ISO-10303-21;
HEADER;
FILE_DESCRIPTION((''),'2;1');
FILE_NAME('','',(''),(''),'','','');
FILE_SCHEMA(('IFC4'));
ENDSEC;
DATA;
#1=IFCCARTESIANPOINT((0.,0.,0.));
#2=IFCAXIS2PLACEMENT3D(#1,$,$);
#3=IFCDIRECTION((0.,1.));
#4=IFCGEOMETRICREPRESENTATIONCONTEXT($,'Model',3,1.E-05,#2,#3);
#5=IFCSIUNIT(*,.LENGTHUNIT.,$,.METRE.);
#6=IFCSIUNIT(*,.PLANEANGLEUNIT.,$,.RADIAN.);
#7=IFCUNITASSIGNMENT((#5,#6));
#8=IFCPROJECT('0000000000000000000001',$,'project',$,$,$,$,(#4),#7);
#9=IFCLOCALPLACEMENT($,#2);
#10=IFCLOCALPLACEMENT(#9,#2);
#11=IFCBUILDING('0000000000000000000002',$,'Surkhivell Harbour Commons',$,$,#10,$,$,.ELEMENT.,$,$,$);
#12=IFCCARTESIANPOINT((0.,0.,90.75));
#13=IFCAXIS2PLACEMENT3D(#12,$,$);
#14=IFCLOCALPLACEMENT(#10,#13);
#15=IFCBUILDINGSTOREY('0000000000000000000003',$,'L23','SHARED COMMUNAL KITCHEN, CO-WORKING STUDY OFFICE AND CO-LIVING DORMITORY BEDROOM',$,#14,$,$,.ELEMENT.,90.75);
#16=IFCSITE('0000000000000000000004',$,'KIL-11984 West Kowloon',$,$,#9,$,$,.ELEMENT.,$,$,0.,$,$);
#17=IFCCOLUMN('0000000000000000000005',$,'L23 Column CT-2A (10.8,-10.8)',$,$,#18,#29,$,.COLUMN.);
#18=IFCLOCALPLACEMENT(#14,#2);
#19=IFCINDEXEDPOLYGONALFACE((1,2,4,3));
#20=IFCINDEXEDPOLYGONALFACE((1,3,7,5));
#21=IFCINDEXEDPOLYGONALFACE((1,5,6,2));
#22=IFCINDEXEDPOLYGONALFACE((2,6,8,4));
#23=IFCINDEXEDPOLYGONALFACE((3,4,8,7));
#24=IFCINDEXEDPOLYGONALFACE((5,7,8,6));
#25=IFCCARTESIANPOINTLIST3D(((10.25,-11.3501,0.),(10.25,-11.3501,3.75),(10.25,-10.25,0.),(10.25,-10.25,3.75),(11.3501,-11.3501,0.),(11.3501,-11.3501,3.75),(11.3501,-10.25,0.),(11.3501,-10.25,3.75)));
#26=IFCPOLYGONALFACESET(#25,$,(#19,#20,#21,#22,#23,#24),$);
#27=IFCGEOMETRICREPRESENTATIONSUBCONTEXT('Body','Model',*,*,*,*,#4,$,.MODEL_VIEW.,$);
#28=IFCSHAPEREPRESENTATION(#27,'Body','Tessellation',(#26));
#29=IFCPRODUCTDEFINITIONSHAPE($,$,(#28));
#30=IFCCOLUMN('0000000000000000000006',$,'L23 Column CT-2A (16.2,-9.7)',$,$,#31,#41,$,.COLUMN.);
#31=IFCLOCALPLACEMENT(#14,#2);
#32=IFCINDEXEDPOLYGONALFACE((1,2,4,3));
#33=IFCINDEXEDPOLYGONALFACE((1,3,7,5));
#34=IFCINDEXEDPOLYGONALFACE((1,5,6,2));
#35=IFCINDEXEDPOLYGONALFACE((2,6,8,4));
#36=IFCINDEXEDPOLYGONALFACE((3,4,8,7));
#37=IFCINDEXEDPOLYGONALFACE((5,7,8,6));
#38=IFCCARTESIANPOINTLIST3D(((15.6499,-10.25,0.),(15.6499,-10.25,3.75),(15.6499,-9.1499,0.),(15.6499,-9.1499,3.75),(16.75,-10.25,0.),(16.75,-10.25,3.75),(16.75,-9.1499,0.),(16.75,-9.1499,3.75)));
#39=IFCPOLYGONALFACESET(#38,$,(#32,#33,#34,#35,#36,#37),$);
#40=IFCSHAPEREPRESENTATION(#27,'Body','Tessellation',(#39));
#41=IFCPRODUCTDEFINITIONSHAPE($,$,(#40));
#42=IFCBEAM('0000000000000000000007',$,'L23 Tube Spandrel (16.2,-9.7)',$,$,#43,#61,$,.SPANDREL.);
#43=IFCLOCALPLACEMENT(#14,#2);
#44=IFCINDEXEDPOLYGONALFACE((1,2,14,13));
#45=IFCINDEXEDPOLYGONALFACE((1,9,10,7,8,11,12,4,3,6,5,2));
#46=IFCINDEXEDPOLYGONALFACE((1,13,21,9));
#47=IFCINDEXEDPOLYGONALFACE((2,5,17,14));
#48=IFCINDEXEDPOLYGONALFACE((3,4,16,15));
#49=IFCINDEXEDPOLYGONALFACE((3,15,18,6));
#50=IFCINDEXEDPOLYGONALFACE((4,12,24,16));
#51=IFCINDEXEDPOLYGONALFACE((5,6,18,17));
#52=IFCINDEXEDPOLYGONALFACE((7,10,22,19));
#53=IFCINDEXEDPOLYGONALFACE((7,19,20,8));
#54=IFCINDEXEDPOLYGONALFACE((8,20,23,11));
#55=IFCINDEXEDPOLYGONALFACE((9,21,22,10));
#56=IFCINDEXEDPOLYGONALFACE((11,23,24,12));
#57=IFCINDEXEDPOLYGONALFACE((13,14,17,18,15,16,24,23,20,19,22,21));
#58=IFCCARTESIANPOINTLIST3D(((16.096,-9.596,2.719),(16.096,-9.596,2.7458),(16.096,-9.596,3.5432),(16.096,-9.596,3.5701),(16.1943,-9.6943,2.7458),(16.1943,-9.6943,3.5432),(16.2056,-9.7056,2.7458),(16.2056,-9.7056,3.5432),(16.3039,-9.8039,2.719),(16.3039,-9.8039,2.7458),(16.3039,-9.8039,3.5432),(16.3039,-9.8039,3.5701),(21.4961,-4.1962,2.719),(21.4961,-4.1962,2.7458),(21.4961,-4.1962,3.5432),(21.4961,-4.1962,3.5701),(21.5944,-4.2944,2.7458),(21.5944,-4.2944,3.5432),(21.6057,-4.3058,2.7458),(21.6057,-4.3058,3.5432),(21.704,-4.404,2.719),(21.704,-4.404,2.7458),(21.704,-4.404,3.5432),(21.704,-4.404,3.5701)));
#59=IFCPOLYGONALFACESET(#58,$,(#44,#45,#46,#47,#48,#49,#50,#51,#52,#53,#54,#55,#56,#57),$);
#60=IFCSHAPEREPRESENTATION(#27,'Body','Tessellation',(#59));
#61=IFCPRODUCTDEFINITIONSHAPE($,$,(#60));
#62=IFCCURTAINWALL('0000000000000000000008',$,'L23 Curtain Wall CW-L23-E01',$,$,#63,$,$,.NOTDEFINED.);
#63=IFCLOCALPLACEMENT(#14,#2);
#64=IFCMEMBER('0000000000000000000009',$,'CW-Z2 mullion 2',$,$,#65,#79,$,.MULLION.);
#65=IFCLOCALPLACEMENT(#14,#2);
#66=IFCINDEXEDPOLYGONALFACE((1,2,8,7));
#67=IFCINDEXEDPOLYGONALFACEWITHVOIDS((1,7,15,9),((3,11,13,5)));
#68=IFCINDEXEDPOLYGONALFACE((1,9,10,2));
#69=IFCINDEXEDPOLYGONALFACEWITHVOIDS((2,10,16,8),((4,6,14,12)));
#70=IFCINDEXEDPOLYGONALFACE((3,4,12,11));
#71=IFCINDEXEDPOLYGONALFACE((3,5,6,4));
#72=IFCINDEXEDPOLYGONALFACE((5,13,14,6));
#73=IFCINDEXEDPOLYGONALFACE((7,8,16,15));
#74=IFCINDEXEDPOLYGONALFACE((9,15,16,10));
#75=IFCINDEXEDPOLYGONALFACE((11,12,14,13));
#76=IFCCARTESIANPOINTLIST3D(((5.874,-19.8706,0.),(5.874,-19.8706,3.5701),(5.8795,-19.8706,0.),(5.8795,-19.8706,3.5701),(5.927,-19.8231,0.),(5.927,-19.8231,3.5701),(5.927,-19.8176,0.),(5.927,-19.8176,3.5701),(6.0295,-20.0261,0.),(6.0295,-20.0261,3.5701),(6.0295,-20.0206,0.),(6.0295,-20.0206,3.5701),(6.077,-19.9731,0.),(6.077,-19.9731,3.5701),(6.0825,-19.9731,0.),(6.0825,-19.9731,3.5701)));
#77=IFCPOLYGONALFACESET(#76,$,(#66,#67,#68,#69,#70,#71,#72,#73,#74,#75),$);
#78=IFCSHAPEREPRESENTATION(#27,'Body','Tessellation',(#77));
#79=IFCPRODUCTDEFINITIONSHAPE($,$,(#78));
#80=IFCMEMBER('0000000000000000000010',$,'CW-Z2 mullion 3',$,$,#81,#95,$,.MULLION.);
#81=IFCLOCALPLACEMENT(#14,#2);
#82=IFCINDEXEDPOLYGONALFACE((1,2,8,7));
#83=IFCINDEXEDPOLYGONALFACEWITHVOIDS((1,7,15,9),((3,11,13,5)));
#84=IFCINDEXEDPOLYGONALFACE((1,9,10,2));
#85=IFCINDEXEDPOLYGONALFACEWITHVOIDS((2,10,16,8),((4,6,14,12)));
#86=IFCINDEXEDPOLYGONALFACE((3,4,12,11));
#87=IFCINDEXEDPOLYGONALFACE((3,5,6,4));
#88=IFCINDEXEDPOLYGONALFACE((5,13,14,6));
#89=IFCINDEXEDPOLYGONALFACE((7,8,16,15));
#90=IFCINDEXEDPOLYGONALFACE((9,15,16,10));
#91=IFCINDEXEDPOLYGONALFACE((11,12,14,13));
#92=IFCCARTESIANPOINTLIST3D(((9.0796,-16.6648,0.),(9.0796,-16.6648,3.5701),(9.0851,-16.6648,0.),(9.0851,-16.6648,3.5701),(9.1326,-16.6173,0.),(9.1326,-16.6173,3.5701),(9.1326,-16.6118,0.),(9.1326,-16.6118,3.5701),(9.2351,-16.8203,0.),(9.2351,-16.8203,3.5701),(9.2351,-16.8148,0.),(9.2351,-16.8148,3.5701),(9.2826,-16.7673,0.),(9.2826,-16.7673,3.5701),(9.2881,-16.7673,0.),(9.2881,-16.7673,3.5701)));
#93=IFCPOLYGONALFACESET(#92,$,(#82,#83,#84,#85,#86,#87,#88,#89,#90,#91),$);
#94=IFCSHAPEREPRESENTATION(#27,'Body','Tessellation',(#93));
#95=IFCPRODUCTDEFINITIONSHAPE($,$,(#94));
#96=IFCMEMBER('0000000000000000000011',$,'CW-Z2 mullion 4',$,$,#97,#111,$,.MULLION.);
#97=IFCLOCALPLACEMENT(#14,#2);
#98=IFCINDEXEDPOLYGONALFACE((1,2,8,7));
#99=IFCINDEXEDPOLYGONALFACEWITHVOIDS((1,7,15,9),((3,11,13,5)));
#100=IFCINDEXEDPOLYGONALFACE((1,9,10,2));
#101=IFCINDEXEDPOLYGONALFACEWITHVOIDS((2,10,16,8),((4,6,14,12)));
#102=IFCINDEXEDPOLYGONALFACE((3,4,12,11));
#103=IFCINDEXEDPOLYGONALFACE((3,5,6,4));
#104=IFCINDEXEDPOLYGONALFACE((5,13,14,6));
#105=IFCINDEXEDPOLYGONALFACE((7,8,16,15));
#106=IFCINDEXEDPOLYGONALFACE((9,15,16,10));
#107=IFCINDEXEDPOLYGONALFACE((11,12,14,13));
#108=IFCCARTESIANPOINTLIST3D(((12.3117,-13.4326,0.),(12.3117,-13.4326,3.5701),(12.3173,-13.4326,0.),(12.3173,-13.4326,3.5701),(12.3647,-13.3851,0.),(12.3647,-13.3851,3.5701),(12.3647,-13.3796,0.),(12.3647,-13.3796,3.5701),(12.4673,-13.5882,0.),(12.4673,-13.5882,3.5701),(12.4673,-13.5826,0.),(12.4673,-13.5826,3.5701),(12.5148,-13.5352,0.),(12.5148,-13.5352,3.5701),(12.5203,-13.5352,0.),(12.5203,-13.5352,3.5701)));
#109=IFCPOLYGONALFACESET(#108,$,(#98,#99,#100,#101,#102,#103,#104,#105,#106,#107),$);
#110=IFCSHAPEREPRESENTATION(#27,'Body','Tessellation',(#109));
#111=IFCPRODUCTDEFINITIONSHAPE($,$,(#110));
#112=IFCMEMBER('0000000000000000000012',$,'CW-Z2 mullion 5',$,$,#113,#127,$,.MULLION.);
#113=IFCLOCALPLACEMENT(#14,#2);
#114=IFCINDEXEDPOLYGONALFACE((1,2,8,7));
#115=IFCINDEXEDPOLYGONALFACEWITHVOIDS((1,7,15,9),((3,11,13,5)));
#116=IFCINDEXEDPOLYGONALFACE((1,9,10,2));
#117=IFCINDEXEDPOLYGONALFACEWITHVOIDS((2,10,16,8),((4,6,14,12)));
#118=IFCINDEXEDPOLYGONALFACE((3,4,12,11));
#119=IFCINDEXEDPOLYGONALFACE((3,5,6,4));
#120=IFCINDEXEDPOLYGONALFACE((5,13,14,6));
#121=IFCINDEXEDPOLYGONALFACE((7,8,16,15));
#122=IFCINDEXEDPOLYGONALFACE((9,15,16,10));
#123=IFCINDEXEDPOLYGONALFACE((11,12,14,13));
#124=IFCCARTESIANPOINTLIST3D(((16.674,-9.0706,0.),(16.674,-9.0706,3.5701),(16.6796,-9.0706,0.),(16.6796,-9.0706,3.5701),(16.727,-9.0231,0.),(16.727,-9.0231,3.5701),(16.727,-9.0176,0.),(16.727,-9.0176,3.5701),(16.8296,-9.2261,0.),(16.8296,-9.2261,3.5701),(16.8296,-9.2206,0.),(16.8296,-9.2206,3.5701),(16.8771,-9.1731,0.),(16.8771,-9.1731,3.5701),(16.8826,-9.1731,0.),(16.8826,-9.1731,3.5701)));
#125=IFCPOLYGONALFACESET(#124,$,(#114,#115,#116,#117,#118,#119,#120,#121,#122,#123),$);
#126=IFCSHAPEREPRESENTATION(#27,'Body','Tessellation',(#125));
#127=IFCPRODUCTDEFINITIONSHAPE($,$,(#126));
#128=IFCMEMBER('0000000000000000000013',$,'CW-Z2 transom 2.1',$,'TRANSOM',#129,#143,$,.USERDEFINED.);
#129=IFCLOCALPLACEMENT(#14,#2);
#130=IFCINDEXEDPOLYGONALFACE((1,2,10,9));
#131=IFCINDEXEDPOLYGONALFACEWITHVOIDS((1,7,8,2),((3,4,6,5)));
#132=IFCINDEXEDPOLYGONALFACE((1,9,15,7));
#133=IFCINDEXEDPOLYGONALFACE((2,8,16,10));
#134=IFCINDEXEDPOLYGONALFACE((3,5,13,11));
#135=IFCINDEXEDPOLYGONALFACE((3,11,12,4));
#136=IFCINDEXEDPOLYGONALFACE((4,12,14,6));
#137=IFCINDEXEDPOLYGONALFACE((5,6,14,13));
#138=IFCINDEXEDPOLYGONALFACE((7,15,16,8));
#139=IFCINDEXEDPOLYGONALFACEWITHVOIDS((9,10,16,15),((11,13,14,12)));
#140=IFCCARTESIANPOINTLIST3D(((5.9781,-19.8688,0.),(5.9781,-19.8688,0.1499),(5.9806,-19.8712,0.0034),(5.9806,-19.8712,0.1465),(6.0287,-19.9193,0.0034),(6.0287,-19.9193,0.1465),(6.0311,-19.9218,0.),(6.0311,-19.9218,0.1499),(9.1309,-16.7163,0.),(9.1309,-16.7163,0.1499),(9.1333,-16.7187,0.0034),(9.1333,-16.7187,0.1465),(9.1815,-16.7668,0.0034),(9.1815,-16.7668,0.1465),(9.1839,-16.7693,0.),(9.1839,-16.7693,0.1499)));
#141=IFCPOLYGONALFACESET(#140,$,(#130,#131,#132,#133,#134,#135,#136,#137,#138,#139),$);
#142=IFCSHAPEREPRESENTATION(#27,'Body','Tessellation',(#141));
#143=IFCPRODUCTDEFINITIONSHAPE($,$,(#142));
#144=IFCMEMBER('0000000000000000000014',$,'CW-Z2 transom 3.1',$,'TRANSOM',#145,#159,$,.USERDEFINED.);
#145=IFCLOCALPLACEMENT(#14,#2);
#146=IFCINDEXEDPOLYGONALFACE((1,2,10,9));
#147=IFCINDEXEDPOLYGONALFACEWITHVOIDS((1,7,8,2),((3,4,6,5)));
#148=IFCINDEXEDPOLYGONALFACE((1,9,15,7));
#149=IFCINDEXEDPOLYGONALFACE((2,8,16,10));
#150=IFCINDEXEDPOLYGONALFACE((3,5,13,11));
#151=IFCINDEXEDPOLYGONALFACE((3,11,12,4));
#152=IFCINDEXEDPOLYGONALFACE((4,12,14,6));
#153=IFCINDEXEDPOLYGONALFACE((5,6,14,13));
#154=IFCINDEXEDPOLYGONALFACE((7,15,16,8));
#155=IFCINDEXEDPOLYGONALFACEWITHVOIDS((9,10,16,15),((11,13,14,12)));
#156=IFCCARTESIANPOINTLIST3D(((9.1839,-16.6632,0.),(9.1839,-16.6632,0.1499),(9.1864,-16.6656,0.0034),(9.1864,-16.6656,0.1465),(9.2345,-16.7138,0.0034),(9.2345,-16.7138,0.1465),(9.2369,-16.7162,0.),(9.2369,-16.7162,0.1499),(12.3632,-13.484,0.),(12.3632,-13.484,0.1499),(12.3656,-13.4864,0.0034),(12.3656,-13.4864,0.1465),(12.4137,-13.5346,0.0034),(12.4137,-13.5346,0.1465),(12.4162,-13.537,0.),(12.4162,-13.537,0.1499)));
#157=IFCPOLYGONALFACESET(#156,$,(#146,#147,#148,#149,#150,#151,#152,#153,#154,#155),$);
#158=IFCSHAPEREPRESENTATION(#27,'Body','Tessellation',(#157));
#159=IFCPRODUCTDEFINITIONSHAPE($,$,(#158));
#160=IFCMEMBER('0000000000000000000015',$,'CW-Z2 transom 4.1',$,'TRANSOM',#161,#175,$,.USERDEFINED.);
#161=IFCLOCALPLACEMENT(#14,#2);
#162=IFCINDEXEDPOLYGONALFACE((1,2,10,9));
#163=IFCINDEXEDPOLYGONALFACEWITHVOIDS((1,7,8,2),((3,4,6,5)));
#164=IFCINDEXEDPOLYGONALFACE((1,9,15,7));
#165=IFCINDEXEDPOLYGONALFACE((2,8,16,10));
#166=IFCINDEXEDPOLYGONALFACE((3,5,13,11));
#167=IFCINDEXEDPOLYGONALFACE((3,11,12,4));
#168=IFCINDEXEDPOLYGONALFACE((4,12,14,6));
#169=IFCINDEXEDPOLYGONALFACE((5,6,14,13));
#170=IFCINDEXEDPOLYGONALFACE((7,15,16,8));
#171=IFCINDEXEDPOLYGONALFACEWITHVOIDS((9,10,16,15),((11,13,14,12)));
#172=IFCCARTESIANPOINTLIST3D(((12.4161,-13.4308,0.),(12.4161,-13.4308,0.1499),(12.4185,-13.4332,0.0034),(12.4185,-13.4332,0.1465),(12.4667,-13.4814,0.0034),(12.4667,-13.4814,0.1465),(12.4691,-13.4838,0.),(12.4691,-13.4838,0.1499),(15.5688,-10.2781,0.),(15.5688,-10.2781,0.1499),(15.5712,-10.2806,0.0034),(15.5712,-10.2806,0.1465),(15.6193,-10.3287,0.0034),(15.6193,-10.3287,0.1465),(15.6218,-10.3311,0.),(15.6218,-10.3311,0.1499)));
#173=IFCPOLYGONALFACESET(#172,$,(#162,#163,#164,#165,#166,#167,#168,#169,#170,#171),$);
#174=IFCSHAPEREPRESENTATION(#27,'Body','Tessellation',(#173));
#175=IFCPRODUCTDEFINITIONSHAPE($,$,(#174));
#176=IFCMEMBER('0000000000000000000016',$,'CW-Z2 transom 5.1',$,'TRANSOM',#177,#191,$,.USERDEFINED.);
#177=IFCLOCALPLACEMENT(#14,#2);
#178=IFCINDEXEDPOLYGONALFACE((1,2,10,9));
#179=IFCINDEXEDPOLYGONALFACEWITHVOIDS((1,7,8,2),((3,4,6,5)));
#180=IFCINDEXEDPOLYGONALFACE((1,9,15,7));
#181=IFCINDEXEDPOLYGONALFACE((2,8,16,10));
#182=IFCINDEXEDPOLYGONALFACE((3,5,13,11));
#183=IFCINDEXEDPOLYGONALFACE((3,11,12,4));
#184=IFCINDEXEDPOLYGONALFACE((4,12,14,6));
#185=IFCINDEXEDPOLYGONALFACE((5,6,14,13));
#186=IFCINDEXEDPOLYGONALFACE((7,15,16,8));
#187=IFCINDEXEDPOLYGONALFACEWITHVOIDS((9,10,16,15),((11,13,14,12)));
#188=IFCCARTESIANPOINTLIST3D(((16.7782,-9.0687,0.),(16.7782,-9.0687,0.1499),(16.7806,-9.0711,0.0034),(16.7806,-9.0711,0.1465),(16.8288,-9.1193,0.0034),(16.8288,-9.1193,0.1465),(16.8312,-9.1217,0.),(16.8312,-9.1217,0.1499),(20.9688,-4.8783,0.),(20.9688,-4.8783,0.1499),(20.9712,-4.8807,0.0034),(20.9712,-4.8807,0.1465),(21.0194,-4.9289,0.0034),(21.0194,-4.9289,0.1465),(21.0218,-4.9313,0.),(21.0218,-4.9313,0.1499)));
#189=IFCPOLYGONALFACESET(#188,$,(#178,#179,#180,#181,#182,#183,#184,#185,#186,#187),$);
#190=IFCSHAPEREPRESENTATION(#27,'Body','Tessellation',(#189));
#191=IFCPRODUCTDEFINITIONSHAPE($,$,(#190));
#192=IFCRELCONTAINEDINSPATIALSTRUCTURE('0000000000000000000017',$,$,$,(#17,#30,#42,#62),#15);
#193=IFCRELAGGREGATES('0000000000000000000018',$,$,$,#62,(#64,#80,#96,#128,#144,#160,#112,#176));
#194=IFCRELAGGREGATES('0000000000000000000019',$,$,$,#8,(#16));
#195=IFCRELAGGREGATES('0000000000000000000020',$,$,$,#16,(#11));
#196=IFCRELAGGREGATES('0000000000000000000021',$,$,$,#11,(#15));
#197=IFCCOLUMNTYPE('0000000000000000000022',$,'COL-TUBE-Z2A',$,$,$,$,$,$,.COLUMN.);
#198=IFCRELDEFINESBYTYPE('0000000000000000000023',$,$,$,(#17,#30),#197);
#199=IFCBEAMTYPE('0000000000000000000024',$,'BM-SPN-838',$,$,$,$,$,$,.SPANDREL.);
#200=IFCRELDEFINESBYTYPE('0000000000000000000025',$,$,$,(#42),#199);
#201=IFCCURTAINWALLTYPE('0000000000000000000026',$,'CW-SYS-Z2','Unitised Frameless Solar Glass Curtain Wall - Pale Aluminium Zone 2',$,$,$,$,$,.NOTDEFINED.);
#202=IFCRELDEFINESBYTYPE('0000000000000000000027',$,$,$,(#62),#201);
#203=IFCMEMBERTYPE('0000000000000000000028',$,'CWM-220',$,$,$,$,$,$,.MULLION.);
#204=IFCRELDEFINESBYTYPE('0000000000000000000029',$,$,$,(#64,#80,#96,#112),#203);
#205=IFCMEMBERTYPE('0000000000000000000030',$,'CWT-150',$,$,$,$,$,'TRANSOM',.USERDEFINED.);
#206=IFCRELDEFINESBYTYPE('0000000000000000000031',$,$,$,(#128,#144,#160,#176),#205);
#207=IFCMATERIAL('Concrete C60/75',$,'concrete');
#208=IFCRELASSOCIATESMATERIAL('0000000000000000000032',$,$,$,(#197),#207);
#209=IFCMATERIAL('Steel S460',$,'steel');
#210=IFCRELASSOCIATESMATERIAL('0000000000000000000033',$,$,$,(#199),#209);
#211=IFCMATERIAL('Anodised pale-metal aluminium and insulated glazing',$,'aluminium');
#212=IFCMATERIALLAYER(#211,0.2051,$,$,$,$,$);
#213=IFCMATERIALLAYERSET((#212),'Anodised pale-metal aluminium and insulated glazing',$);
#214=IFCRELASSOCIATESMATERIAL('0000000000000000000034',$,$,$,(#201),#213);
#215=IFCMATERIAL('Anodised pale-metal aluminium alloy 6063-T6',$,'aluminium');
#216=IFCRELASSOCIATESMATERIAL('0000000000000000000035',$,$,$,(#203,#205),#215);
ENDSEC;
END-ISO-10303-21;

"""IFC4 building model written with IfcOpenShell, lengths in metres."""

from ifc_helpers import new_model, si_unit, direction, frame, origin, origin_2d, place, context, subcontext, project, spatial, rectangle, hollow_rectangle, i_section, extrude, material, layer, layer_set, material_profile, profile_set, type_object, element, aggregate, save


model = new_model("IFC4")

# Units and contexts
model_context = context("Model", 3, precision=1e-05, world=origin(), true_north=direction((0.0, 1.0)))
body_context = subcontext(model_context, "Body", "Model", "MODEL_VIEW")
ifc_project = project(units=[si_unit("LENGTHUNIT", "METRE"), si_unit("PLANEANGLEUNIT", "RADIAN")], contexts=[model_context])

# Site, building, storey
site_placement = place(None, origin())
site = spatial("IfcSite", under=ifc_project, at=site_placement, Name="KIL-11984 West Kowloon", CompositionType="ELEMENT", RefElevation=0.0)
building_placement = place(site_placement, origin())
building = spatial("IfcBuilding", under=site, at=building_placement, Name="Surkhivell Harbour Commons", CompositionType="ELEMENT")
storey_placement = place(building_placement, frame((0.0, 0.0, 90.75)))
storey = spatial("IfcBuildingStorey", under=building, at=storey_placement, Name="L23", Description="SHARED COMMUNAL KITCHEN, CO-WORKING STUDY OFFICE AND CO-LIVING DORMITORY BEDROOM", CompositionType="ELEMENT", Elevation=90.75)

# Columns
ifc_material_1 = material(Name="Concrete C60/75", Category="concrete")
ifc_material_profile_1 = material_profile(ifc_material_1, rectangle(XDim=1.1001, YDim=1.1001, at=origin_2d()), Name="RC-COL-1100x1100")
ifc_profile_set_1 = profile_set([ifc_material_profile_1], Name="Concrete C60/75")
column_type = type_object("IfcColumnType", Name="COL-TUBE-Z2A", PredefinedType="COLUMN", material=ifc_profile_set_1)
for number, where, z_axis, x_axis, name in (
    (1, (10.8, -10.8, 0.0), (0.0, 0.0, 1.0), (1.0, 0.0, 0.0), "L23 Column CT-2A (10.8,-10.8)"),
    (2, (16.2, -9.7, 0.0), (0.0, 0.0, 1.0), (1.0, 0.0, 0.0), "L23 Column CT-2A (16.2,-9.7)"),
):
    element("IfcColumn", number, at=place(storey_placement, frame(where, z_axis=z_axis, x_axis=x_axis)), inside=storey, type_object=column_type, Name=name, PredefinedType="COLUMN", context=body_context, shape_type="SweptSolid", body=[
        extrude(rectangle(XDim=1.1001, YDim=1.1001, at=origin_2d()), origin(), (0.0, 0.0, 1.0), 3.75),
    ])

# Beam
ifc_material_2 = material(Name="Steel S460", Category="steel")
ifc_material_profile_2 = material_profile(ifc_material_2, i_section(OverallWidth=0.2939, OverallDepth=0.8511, WebThickness=0.0161, FlangeThickness=0.0269, at=origin_2d()), Name="UB838x292x226")
ifc_profile_set_2 = profile_set([ifc_material_profile_2], Name="Steel S460")
beam_type = type_object("IfcBeamType", Name="BM-SPN-838", PredefinedType="SPANDREL", material=ifc_profile_set_2)
beam_placement = place(storey_placement, frame((16.2, -9.7, 3.1445), z_axis=(0.707123, 0.707091, 0.0), x_axis=(-0.707091, 0.707123, 0.0)))
element("IfcBeam", 3, at=beam_placement, inside=storey, type_object=beam_type, Name="L23 Tube Spandrel (16.2,-9.7)", PredefinedType="SPANDREL", context=body_context, shape_type="SweptSolid", body=[
    extrude(i_section(OverallWidth=0.2939, OverallDepth=0.8511, WebThickness=0.0161, FlangeThickness=0.0269, at=origin_2d()), origin(), (0.0, 0.0, 1.0), 7.6367),
])

# Curtain wall, members
ifc_material_3 = material(Name="Anodised pale-metal aluminium and insulated glazing", Category="aluminium")
ifc_layer_1 = layer(ifc_material_3, 0.2051)
ifc_layer_set_1 = layer_set([ifc_layer_1], Name="Anodised pale-metal aluminium and insulated glazing")
curtain_wall_type = type_object("IfcCurtainWallType", Name="CW-SYS-Z2", Description="Unitised Frameless Solar Glass Curtain Wall - Pale Aluminium Zone 2", PredefinedType="NOTDEFINED", material=ifc_layer_set_1)
curtain_wall_placement = place(storey_placement, origin())
curtain_wall = element("IfcCurtainWall", 4, at=curtain_wall_placement, inside=storey, type_object=curtain_wall_type, Name="L23 Curtain Wall CW-L23-E01", PredefinedType="NOTDEFINED")
ifc_material_4 = material(Name="Anodised pale-metal aluminium alloy 6063-T6", Category="aluminium")
ifc_material_profile_3 = material_profile(ifc_material_4, hollow_rectangle(XDim=0.075, YDim=0.22, WallThickness=0.0039, at=origin_2d()), Name="ALU-MULL-75x220")
ifc_profile_set_3 = profile_set([ifc_material_profile_3], Name="Anodised pale-metal aluminium alloy 6063-T6")
member_type_1 = type_object("IfcMemberType", Name="CWM-220", PredefinedType="MULLION", material=ifc_profile_set_3)
member_1_placement = place(storey_placement, frame((5.9783, -19.9219, 0.0), z_axis=(0.0, 0.0, 1.0), x_axis=(0.707107, 0.707107, 0.0)))
member_1 = element("IfcMember", 5, at=member_1_placement, type_object=member_type_1, Name="CW-Z2 mullion 2", PredefinedType="MULLION", context=body_context, shape_type="SweptSolid", body=[
    extrude(hollow_rectangle(XDim=0.075, YDim=0.22, WallThickness=0.0039, at=origin_2d()), origin(), (0.0, 0.0, 1.0), 3.5701),
])
member_2_placement = place(storey_placement, frame((9.1838, -16.7161, 0.0), z_axis=(0.0, 0.0, 1.0), x_axis=(0.707107, 0.707107, 0.0)))
member_2 = element("IfcMember", 6, at=member_2_placement, type_object=member_type_1, Name="CW-Z2 mullion 3", PredefinedType="MULLION", context=body_context, shape_type="SweptSolid", body=[
    extrude(hollow_rectangle(XDim=0.075, YDim=0.22, WallThickness=0.0039, at=origin_2d()), origin(), (0.0, 0.0, 1.0), 3.5701),
])
member_3_placement = place(storey_placement, frame((12.416, -13.4839, 0.0), z_axis=(0.0, 0.0, 1.0), x_axis=(0.707107, 0.707107, 0.0)))
member_3 = element("IfcMember", 7, at=member_3_placement, type_object=member_type_1, Name="CW-Z2 mullion 4", PredefinedType="MULLION", context=body_context, shape_type="SweptSolid", body=[
    extrude(hollow_rectangle(XDim=0.075, YDim=0.22, WallThickness=0.0039, at=origin_2d()), origin(), (0.0, 0.0, 1.0), 3.5701),
])
member_4_placement = place(storey_placement, frame((16.7783, -9.1218, 0.0), z_axis=(0.0, 0.0, 1.0), x_axis=(0.707107, 0.707107, 0.0)))
member_4 = element("IfcMember", 8, at=member_4_placement, type_object=member_type_1, Name="CW-Z2 mullion 5", PredefinedType="MULLION", context=body_context, shape_type="SweptSolid", body=[
    extrude(hollow_rectangle(XDim=0.075, YDim=0.22, WallThickness=0.0039, at=origin_2d()), origin(), (0.0, 0.0, 1.0), 3.5701),
])
ifc_material_profile_4 = material_profile(ifc_material_4, hollow_rectangle(XDim=0.075, YDim=0.1499, WallThickness=0.0034, at=origin_2d()), Name="ALU-TRAN-75x150")
ifc_profile_set_4 = profile_set([ifc_material_profile_4], Name="Anodised pale-metal aluminium alloy 6063-T6")
member_type_2 = type_object("IfcMemberType", Name="CWT-150", ElementType="TRANSOM", PredefinedType="USERDEFINED", material=ifc_profile_set_4)
member_5_placement = place(storey_placement, frame((6.0046, -19.8953, 0.075), z_axis=(0.707134, 0.707079, 0.0), x_axis=(-0.707079, 0.707134, 0.0)))
member_5 = element("IfcMember", 9, at=member_5_placement, type_object=member_type_2, Name="CW-Z2 transom 2.1", ObjectType="TRANSOM", PredefinedType="USERDEFINED", context=body_context, shape_type="SweptSolid", body=[
    extrude(hollow_rectangle(XDim=0.075, YDim=0.1499, WallThickness=0.0034, at=origin_2d()), origin(), (0.0, 0.0, 1.0), 4.4585),
])
member_6_placement = place(storey_placement, frame((9.2104, -16.6897, 0.075), z_axis=(0.707107, 0.707107, 0.0), x_axis=(-0.707107, 0.707107, 0.0)))
member_6 = element("IfcMember", 10, at=member_6_placement, type_object=member_type_2, Name="CW-Z2 transom 3.1", ObjectType="TRANSOM", PredefinedType="USERDEFINED", context=body_context, shape_type="SweptSolid", body=[
    extrude(hollow_rectangle(XDim=0.075, YDim=0.1499, WallThickness=0.0034, at=origin_2d()), origin(), (0.0, 0.0, 1.0), 4.4961),
])
member_7_placement = place(storey_placement, frame((12.4426, -13.4573, 0.075), z_axis=(0.707107, 0.707107, 0.0), x_axis=(-0.707107, 0.707107, 0.0)))
member_7 = element("IfcMember", 11, at=member_7_placement, type_object=member_type_2, Name="CW-Z2 transom 4.1", ObjectType="TRANSOM", PredefinedType="USERDEFINED", context=body_context, shape_type="SweptSolid", body=[
    extrude(hollow_rectangle(XDim=0.075, YDim=0.1499, WallThickness=0.0034, at=origin_2d()), origin(), (0.0, 0.0, 1.0), 4.4585),
])
member_8_placement = place(storey_placement, frame((16.8047, -9.0952, 0.075), z_axis=(0.707127, 0.707086, 0.0), x_axis=(-0.707086, 0.707127, 0.0)))
member_8 = element("IfcMember", 12, at=member_8_placement, type_object=member_type_2, Name="CW-Z2 transom 5.1", ObjectType="TRANSOM", PredefinedType="USERDEFINED", context=body_context, shape_type="SweptSolid", body=[
    extrude(hollow_rectangle(XDim=0.075, YDim=0.1499, WallThickness=0.0034, at=origin_2d()), origin(), (0.0, 0.0, 1.0), 5.9263),
])
aggregate(curtain_wall, [member_1, member_2, member_3, member_5, member_6, member_7, member_4, member_8])

save(model, "model.ifc")
